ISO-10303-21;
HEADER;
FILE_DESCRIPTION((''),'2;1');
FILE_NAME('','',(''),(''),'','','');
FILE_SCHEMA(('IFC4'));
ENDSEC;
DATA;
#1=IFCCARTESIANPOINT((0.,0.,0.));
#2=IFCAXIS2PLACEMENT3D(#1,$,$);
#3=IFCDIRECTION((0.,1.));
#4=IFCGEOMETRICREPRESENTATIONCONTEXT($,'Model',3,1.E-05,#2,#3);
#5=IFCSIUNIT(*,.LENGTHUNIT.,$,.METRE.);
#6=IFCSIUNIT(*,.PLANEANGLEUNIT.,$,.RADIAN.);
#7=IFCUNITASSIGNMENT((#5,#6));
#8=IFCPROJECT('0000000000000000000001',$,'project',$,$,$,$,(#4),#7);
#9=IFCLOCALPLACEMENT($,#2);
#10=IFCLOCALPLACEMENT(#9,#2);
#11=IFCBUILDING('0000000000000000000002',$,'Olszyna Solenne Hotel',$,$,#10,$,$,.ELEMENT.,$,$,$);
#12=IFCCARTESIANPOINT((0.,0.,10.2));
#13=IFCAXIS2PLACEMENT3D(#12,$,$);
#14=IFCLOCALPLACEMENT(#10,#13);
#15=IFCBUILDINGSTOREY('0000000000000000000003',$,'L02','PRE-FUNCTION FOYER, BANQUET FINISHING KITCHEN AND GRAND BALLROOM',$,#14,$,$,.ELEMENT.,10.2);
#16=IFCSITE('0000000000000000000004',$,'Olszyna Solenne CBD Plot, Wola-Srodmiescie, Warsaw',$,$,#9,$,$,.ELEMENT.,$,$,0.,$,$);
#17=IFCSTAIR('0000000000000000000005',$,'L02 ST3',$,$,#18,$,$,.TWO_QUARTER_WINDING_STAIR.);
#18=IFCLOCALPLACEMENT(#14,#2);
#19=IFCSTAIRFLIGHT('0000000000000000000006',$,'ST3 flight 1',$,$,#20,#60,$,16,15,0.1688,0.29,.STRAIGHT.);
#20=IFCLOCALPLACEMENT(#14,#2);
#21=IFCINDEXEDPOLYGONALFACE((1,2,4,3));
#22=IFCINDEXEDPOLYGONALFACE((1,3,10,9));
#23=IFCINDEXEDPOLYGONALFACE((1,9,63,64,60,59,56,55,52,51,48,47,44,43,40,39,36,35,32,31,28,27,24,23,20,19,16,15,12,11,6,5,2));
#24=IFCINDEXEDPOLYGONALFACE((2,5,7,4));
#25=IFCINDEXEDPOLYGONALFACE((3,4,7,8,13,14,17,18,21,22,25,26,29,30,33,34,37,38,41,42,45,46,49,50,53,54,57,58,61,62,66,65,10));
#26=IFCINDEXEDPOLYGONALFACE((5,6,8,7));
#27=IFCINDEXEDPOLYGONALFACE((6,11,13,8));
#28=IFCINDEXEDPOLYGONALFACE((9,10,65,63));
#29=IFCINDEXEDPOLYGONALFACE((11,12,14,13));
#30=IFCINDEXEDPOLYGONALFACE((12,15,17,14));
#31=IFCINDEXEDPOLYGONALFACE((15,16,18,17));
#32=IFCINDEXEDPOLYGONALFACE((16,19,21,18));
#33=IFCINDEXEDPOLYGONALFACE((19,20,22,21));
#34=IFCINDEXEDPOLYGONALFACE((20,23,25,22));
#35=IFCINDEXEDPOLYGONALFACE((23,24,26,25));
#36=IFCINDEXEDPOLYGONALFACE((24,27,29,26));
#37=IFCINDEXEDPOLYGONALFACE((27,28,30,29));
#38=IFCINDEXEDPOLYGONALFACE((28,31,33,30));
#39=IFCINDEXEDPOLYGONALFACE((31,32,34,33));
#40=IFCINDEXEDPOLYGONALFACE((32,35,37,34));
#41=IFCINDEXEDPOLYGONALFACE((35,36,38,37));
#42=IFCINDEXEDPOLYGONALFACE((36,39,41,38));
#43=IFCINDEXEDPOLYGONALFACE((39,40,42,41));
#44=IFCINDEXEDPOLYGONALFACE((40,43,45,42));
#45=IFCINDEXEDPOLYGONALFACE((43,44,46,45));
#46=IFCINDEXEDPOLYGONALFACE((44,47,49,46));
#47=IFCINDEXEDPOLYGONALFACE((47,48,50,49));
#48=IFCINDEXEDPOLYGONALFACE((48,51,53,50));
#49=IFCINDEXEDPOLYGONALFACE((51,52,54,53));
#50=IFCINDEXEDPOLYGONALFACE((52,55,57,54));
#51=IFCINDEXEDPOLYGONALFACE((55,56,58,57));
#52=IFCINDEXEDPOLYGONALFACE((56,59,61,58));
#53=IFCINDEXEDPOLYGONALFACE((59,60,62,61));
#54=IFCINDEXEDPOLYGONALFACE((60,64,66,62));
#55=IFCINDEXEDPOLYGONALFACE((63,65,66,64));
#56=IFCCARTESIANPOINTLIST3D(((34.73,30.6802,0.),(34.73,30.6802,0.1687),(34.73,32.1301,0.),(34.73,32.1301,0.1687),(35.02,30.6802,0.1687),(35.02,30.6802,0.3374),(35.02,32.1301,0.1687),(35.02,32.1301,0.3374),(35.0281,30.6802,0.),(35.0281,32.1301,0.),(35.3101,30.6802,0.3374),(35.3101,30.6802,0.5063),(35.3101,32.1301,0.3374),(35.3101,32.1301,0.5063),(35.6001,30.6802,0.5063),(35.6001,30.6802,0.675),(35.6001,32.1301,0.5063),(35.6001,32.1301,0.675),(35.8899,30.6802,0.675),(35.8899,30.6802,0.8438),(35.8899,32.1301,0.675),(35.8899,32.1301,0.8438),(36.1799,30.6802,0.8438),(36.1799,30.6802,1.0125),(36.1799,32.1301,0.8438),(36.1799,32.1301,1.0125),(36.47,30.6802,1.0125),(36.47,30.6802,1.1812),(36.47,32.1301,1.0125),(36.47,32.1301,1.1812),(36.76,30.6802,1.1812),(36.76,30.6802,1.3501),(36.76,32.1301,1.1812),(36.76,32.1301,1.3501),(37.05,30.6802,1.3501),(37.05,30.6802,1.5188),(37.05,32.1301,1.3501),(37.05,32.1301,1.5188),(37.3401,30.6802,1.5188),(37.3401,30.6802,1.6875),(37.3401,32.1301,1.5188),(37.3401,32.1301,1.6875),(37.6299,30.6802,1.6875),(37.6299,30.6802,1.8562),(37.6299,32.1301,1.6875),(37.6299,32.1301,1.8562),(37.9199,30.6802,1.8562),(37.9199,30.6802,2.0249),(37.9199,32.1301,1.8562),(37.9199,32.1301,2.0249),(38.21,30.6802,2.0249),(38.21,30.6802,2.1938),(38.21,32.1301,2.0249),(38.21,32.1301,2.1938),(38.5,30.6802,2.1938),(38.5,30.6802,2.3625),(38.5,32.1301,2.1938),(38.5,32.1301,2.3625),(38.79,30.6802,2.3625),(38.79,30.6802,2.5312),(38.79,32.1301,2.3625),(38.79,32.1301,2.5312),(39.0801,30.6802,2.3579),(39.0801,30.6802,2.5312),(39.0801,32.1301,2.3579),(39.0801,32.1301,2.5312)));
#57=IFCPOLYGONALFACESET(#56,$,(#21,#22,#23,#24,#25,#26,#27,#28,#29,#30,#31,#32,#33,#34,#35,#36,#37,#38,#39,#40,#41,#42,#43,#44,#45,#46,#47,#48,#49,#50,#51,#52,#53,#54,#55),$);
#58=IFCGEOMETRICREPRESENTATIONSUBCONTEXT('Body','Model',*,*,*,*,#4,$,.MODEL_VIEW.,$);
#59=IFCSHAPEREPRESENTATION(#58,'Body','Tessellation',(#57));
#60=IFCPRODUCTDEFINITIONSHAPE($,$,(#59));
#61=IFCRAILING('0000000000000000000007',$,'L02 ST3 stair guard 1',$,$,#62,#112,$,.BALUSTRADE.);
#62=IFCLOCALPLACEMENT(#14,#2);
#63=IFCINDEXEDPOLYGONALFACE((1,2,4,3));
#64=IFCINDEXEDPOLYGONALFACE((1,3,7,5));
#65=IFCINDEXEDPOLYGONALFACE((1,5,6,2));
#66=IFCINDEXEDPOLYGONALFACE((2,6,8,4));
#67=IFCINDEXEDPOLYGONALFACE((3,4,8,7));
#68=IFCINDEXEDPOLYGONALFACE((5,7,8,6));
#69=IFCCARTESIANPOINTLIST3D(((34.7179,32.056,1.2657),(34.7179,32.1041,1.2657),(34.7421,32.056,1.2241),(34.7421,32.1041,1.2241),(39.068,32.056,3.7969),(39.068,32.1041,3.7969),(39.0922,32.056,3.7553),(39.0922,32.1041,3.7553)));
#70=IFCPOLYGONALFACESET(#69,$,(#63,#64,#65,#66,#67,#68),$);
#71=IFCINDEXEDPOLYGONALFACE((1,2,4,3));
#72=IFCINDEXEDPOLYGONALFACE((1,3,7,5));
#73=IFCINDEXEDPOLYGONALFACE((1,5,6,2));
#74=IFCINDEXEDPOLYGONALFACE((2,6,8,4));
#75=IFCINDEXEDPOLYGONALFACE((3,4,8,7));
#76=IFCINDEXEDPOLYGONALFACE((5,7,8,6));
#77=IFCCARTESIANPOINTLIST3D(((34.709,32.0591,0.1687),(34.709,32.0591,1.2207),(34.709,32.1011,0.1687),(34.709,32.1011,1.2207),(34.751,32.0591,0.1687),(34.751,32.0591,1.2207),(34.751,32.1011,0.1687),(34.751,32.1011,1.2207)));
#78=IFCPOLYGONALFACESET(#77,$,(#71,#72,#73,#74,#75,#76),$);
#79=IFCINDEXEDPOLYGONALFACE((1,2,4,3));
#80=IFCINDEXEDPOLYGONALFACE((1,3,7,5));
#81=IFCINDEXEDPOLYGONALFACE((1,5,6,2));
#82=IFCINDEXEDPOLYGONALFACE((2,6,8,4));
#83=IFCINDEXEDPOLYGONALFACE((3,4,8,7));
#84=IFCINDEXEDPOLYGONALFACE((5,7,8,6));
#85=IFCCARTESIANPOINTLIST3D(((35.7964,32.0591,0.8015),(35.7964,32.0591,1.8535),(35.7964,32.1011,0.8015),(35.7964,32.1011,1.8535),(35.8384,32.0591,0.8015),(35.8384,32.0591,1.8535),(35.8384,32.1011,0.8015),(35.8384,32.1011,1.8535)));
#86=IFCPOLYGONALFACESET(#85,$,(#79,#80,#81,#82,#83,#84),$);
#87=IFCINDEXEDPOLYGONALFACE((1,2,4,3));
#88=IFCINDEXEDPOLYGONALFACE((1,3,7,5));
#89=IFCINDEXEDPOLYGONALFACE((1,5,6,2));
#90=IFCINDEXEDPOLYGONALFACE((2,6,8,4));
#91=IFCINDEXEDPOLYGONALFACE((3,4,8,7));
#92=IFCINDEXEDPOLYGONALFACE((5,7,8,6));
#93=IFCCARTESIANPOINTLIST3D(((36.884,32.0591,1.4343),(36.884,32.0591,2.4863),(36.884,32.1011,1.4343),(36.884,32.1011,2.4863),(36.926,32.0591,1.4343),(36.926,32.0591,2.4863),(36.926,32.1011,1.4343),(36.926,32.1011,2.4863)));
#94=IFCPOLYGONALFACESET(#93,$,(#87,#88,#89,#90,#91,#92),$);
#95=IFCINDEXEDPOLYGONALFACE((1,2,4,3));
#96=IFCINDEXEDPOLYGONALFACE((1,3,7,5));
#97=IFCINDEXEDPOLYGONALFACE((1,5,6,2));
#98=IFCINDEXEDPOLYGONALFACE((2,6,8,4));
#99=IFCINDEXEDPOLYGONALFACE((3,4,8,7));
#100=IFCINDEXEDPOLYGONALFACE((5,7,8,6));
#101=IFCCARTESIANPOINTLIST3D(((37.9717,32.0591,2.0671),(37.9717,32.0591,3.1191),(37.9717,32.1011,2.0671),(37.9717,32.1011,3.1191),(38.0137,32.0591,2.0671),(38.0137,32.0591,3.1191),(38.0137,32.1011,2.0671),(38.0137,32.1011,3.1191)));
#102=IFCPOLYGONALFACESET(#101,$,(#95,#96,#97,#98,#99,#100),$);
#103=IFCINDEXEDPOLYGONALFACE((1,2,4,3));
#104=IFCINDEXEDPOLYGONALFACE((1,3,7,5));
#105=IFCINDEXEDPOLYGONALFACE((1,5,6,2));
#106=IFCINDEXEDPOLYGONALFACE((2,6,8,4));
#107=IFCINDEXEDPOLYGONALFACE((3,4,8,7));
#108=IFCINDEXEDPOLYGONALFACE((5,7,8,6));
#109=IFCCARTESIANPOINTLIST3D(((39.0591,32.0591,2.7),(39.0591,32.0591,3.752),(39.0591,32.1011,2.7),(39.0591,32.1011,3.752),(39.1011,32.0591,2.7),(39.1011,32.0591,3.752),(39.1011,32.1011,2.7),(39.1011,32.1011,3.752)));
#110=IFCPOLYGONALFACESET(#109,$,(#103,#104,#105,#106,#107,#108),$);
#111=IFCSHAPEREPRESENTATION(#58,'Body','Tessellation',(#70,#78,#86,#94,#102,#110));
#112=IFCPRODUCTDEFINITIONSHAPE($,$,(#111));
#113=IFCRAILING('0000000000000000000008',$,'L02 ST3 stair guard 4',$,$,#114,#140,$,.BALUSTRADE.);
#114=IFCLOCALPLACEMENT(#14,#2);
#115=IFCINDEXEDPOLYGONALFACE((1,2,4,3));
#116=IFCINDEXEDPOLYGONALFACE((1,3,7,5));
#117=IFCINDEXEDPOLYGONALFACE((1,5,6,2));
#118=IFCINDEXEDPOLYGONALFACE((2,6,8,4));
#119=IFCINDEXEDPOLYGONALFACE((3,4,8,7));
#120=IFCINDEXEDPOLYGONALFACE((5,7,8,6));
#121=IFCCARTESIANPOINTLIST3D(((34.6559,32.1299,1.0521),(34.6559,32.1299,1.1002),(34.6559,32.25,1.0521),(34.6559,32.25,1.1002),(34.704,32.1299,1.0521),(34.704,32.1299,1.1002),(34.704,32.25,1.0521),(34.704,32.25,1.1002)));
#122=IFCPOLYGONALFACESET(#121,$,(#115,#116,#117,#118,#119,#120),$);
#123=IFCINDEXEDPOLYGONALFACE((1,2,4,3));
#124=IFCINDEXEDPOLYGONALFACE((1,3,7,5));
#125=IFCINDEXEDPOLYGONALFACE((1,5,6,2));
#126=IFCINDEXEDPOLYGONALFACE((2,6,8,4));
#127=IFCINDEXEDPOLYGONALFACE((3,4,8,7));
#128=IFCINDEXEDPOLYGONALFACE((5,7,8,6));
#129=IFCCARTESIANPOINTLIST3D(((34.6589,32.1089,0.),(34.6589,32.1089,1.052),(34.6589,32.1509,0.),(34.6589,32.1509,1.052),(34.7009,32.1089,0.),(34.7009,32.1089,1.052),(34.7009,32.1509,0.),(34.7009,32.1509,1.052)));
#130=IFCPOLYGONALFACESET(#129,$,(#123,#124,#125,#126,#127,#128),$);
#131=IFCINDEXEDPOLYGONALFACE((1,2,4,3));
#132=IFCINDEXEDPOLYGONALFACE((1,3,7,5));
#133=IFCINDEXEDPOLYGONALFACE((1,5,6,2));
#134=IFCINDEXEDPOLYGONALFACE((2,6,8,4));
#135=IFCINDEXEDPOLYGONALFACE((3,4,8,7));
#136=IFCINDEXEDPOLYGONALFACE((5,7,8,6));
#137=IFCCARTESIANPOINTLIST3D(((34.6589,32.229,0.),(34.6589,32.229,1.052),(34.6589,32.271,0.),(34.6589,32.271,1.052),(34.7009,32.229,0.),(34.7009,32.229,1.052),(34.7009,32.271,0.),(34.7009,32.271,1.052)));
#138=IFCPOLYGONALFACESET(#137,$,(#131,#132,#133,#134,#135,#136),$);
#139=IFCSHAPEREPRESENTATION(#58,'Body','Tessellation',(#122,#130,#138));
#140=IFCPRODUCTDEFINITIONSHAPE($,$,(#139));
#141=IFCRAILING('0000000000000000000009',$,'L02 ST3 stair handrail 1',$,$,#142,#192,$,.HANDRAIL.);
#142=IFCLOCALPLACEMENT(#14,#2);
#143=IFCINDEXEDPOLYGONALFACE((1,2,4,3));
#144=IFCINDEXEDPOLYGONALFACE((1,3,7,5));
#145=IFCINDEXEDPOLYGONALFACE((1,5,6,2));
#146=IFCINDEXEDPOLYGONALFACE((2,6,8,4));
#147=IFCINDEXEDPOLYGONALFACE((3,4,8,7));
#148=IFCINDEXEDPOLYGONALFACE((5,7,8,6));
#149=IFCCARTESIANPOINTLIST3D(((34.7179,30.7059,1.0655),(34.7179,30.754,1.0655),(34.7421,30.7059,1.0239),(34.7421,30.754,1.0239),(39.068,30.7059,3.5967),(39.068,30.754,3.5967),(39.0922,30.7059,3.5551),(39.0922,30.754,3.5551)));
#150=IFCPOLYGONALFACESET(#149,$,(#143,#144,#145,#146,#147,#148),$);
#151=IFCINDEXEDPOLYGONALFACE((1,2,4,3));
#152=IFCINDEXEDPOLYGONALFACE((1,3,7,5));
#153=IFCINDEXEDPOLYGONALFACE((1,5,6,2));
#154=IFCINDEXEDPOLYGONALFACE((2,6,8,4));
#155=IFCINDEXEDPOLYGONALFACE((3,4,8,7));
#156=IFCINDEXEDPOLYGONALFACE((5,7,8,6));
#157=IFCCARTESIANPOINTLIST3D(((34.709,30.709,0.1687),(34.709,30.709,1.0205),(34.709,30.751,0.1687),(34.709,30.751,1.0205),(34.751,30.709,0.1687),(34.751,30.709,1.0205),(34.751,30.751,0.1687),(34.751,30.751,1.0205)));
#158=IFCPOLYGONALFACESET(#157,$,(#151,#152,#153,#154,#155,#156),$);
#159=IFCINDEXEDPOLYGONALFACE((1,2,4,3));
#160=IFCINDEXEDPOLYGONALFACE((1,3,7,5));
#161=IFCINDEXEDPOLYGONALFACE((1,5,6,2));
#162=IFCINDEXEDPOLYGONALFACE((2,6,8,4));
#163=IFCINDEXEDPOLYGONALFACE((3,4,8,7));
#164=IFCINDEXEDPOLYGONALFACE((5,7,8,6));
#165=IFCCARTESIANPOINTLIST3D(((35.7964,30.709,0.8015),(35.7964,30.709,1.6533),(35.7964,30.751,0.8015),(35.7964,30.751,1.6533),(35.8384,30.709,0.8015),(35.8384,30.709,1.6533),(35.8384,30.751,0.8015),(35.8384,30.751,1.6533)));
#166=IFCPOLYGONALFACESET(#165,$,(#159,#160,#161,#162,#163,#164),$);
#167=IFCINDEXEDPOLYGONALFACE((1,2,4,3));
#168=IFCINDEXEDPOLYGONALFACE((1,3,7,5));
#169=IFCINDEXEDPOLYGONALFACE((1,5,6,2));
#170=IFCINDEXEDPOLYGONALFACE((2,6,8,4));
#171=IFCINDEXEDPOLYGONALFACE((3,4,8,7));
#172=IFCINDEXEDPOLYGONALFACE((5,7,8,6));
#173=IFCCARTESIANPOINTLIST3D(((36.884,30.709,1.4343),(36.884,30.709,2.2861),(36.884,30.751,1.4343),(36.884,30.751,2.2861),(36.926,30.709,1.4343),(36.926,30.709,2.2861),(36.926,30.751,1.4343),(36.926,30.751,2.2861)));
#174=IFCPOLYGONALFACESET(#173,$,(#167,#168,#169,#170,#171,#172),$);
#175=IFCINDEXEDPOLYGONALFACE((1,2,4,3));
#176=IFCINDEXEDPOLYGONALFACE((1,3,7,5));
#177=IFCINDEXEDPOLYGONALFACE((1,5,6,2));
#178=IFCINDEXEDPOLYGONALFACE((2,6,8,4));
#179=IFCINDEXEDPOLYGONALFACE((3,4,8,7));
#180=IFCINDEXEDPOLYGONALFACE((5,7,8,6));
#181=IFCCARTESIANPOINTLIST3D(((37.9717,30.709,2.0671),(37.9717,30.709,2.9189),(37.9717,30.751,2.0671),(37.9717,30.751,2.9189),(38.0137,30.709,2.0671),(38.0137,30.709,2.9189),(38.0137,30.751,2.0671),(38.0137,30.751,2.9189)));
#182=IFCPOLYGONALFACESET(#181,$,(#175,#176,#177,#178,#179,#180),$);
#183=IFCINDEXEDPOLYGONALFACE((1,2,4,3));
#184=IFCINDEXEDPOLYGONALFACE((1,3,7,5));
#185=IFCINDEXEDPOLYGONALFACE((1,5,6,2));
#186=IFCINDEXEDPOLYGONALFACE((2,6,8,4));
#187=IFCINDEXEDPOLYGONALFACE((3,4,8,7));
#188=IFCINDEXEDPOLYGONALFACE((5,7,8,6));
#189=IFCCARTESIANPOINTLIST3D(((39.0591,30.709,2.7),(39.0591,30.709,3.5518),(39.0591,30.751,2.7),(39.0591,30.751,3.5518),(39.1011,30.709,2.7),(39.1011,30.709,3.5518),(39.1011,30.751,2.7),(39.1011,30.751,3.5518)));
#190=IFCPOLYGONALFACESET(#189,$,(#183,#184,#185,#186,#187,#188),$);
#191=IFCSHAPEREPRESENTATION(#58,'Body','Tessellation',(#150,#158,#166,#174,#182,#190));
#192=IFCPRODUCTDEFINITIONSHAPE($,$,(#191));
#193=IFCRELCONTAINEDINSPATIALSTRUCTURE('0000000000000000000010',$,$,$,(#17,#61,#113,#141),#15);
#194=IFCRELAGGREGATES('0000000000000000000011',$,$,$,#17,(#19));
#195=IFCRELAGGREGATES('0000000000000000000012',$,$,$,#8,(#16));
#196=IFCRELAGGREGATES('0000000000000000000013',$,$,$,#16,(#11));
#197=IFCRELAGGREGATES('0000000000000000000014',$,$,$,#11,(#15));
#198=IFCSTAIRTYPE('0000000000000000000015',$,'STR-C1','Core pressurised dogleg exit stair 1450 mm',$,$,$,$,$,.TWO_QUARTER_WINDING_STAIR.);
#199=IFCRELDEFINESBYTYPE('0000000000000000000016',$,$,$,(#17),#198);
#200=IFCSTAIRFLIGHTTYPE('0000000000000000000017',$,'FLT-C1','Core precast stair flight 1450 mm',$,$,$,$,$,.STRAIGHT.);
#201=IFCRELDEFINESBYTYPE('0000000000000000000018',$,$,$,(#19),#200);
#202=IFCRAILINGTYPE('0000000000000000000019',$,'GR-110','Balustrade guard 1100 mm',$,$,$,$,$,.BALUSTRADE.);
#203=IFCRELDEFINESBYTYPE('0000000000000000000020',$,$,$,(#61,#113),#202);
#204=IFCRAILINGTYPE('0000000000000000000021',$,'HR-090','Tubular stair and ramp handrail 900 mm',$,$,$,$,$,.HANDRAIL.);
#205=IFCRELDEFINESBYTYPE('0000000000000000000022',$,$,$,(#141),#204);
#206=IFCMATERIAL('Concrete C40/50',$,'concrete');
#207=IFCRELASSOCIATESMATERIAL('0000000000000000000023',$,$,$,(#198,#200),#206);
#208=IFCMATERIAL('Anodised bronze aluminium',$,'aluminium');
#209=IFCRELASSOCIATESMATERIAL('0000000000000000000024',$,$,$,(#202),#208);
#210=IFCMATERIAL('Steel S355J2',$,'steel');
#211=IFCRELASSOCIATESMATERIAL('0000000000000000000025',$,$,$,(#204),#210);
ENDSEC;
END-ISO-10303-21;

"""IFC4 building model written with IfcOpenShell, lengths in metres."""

from ifc_helpers import new_model, si_unit, direction, frame, origin, origin_2d, place, context, subcontext, project, spatial, polyline, rectangle, outline, extrude, material, type_object, element, aggregate, save


model = new_model("IFC4")

# Units and contexts
model_context = context("Model", 3, precision=1e-05, world=origin(), true_north=direction((0.0, 1.0)))
body_context = subcontext(model_context, "Body", "Model", "MODEL_VIEW")
ifc_project = project(units=[si_unit("LENGTHUNIT", "METRE"), si_unit("PLANEANGLEUNIT", "RADIAN")], contexts=[model_context])

# Site, building, storey
site_placement = place(None, origin())
site = spatial("IfcSite", under=ifc_project, at=site_placement, Name="Olszyna Solenne CBD Plot, Wola-Srodmiescie, Warsaw", CompositionType="ELEMENT", RefElevation=0.0)
building_placement = place(site_placement, origin())
building = spatial("IfcBuilding", under=site, at=building_placement, Name="Olszyna Solenne Hotel", CompositionType="ELEMENT")
storey_placement = place(building_placement, frame((0.0, 0.0, 10.2)))
storey = spatial("IfcBuildingStorey", under=building, at=storey_placement, Name="L02", Description="PRE-FUNCTION FOYER, BANQUET FINISHING KITCHEN AND GRAND BALLROOM", CompositionType="ELEMENT", Elevation=10.2)

# Shared definitions
ifc_material_1 = material(Name="Steel S355J2", Category="steel")

# Shared definitions
ifc_material_2 = material(Name="Anodised bronze aluminium", Category="aluminium")

# Stair, stair flight
ifc_material_3 = material(Name="Concrete C40/50", Category="concrete")
stair_type = type_object("IfcStairType", Name="STR-C1", Description="Core pressurised dogleg exit stair 1450 mm", PredefinedType="TWO_QUARTER_WINDING_STAIR", material=ifc_material_3)
stair_placement = place(storey_placement, origin())
stair = element("IfcStair", 1, at=stair_placement, inside=storey, type_object=stair_type, Name="L02 ST3", PredefinedType="TWO_QUARTER_WINDING_STAIR")
stair_flight_type = type_object("IfcStairFlightType", Name="FLT-C1", Description="Core precast stair flight 1450 mm", PredefinedType="STRAIGHT", material=ifc_material_3)
stair_flight_placement = place(storey_placement, frame((34.73, 31.405, 0.0), z_axis=(0.0, 0.0, 1.0), x_axis=(1.0, 0.0, 0.0)))
stair_flight = element("IfcStairFlight", 2, at=stair_flight_placement, type_object=stair_flight_type, Name="ST3 flight 1", NumberOfRisers=16, NumberOfTreads=15, PredefinedType="STRAIGHT", RiserHeight=0.1688, TreadLength=0.29, context=body_context, shape_type="SweptSolid", body=[
    extrude(outline(polyline([(0.0, 0.0), (0.0, 0.1687), (0.29, 0.1687), (0.29, 0.3374), (0.5801, 0.3374), (0.5801, 0.5063), (0.8701, 0.5063), (0.8701, 0.675), (1.1599, 0.675), (1.1599, 0.8438), (1.45, 0.8438), (1.45, 1.0125), (1.74, 1.0125), (1.74, 1.1812), (2.03, 1.1812), (2.03, 1.3501), (2.3201, 1.3501), (2.3201, 1.5188), (2.6101, 1.5188), (2.6101, 1.6875), (2.8999, 1.6875), (2.8999, 1.8562), (3.1899, 1.8562), (3.1899, 2.0249), (3.48, 2.0249), (3.48, 2.1938), (3.77, 2.1938), (3.77, 2.3625), (4.0601, 2.3625), (4.0601, 2.5312), (4.3501, 2.5312), (4.3501, 2.7), (4.3501, 2.3579), (0.2981, 0.0), (0.0, 0.0)])), frame((0.0, 0.7251, 0.0), z_axis=(0.0, -1.0, 0.0), x_axis=(1.0, 0.0, 0.0)), (0.0, 0.0, 1.0), 1.45),
])
aggregate(stair, [stair_flight])

# Railings
railing_type_1 = type_object("IfcRailingType", Name="GR-110", Description="Balustrade guard 1100 mm", PredefinedType="BALUSTRADE", material=ifc_material_2)
railing_1_placement = place(storey_placement, frame((34.73, 32.0801, 0.1687)))
element("IfcRailing", 3, at=railing_1_placement, inside=storey, type_object=railing_type_1, Name="L02 ST3 stair guard 1", PredefinedType="BALUSTRADE", context=body_context, shape_type="SweptSolid", body=[
    extrude(rectangle(XDim=0.0481, YDim=0.0481, at=origin_2d()), frame((0.0, 0.0, 1.0762), z_axis=(0.864324, 0.0, 0.502936), x_axis=(0.0, 1.0, 0.0)), (0.0, 0.0, 1.0), 5.033),
    extrude(rectangle(XDim=0.042, YDim=0.042, at=origin_2d()), origin(), (0.0, 0.0, 1.0), 1.052),
    extrude(rectangle(XDim=0.042, YDim=0.042, at=origin_2d()), frame((1.0874, 0.0, 0.6328)), (0.0, 0.0, 1.0), 1.052),
    extrude(rectangle(XDim=0.042, YDim=0.042, at=origin_2d()), frame((2.175, 0.0, 1.2656)), (0.0, 0.0, 1.0), 1.052),
    extrude(rectangle(XDim=0.042, YDim=0.042, at=origin_2d()), frame((3.2627, 0.0, 1.8984)), (0.0, 0.0, 1.0), 1.052),
    extrude(rectangle(XDim=0.042, YDim=0.042, at=origin_2d()), frame((4.3501, 0.0, 2.5312)), (0.0, 0.0, 1.0), 1.052),
])
railing_2_placement = place(storey_placement, frame((34.6799, 32.1299, 0.0)))
element("IfcRailing", 4, at=railing_2_placement, inside=storey, type_object=railing_type_1, Name="L02 ST3 stair guard 4", PredefinedType="BALUSTRADE", context=body_context, shape_type="SweptSolid", body=[
    extrude(rectangle(XDim=0.0481, YDim=0.0481, at=origin_2d()), frame((0.0, 0.0, 1.0762), z_axis=(0.0, 1.0, 0.0), x_axis=(-1.0, 0.0, 0.0)), (0.0, 0.0, 1.0), 0.1201),
    extrude(rectangle(XDim=0.042, YDim=0.042, at=origin_2d()), origin(), (0.0, 0.0, 1.0), 1.052),
    extrude(rectangle(XDim=0.042, YDim=0.042, at=origin_2d()), frame((0.0, 0.1201, 0.0)), (0.0, 0.0, 1.0), 1.052),
])
railing_type_2 = type_object("IfcRailingType", Name="HR-090", Description="Tubular stair and ramp handrail 900 mm", PredefinedType="HANDRAIL", material=ifc_material_1)
railing_3_placement = place(storey_placement, frame((34.73, 30.73, 0.1687)))
element("IfcRailing", 5, at=railing_3_placement, inside=storey, type_object=railing_type_2, Name="L02 ST3 stair handrail 1", PredefinedType="HANDRAIL", context=body_context, shape_type="SweptSolid", body=[
    extrude(rectangle(XDim=0.0481, YDim=0.0481, at=origin_2d()), frame((0.0, 0.0, 0.876), z_axis=(0.864324, 0.0, 0.502936), x_axis=(0.0, 1.0, 0.0)), (0.0, 0.0, 1.0), 5.033),
    extrude(rectangle(XDim=0.042, YDim=0.042, at=origin_2d()), origin(), (0.0, 0.0, 1.0), 0.8518),
    extrude(rectangle(XDim=0.042, YDim=0.042, at=origin_2d()), frame((1.0874, 0.0, 0.6328)), (0.0, 0.0, 1.0), 0.8518),
    extrude(rectangle(XDim=0.042, YDim=0.042, at=origin_2d()), frame((2.175, 0.0, 1.2656)), (0.0, 0.0, 1.0), 0.8518),
    extrude(rectangle(XDim=0.042, YDim=0.042, at=origin_2d()), frame((3.2627, 0.0, 1.8984)), (0.0, 0.0, 1.0), 0.8518),
    extrude(rectangle(XDim=0.042, YDim=0.042, at=origin_2d()), frame((4.3501, 0.0, 2.5312)), (0.0, 0.0, 1.0), 0.8518),
])

save(model, "model.ifc")
